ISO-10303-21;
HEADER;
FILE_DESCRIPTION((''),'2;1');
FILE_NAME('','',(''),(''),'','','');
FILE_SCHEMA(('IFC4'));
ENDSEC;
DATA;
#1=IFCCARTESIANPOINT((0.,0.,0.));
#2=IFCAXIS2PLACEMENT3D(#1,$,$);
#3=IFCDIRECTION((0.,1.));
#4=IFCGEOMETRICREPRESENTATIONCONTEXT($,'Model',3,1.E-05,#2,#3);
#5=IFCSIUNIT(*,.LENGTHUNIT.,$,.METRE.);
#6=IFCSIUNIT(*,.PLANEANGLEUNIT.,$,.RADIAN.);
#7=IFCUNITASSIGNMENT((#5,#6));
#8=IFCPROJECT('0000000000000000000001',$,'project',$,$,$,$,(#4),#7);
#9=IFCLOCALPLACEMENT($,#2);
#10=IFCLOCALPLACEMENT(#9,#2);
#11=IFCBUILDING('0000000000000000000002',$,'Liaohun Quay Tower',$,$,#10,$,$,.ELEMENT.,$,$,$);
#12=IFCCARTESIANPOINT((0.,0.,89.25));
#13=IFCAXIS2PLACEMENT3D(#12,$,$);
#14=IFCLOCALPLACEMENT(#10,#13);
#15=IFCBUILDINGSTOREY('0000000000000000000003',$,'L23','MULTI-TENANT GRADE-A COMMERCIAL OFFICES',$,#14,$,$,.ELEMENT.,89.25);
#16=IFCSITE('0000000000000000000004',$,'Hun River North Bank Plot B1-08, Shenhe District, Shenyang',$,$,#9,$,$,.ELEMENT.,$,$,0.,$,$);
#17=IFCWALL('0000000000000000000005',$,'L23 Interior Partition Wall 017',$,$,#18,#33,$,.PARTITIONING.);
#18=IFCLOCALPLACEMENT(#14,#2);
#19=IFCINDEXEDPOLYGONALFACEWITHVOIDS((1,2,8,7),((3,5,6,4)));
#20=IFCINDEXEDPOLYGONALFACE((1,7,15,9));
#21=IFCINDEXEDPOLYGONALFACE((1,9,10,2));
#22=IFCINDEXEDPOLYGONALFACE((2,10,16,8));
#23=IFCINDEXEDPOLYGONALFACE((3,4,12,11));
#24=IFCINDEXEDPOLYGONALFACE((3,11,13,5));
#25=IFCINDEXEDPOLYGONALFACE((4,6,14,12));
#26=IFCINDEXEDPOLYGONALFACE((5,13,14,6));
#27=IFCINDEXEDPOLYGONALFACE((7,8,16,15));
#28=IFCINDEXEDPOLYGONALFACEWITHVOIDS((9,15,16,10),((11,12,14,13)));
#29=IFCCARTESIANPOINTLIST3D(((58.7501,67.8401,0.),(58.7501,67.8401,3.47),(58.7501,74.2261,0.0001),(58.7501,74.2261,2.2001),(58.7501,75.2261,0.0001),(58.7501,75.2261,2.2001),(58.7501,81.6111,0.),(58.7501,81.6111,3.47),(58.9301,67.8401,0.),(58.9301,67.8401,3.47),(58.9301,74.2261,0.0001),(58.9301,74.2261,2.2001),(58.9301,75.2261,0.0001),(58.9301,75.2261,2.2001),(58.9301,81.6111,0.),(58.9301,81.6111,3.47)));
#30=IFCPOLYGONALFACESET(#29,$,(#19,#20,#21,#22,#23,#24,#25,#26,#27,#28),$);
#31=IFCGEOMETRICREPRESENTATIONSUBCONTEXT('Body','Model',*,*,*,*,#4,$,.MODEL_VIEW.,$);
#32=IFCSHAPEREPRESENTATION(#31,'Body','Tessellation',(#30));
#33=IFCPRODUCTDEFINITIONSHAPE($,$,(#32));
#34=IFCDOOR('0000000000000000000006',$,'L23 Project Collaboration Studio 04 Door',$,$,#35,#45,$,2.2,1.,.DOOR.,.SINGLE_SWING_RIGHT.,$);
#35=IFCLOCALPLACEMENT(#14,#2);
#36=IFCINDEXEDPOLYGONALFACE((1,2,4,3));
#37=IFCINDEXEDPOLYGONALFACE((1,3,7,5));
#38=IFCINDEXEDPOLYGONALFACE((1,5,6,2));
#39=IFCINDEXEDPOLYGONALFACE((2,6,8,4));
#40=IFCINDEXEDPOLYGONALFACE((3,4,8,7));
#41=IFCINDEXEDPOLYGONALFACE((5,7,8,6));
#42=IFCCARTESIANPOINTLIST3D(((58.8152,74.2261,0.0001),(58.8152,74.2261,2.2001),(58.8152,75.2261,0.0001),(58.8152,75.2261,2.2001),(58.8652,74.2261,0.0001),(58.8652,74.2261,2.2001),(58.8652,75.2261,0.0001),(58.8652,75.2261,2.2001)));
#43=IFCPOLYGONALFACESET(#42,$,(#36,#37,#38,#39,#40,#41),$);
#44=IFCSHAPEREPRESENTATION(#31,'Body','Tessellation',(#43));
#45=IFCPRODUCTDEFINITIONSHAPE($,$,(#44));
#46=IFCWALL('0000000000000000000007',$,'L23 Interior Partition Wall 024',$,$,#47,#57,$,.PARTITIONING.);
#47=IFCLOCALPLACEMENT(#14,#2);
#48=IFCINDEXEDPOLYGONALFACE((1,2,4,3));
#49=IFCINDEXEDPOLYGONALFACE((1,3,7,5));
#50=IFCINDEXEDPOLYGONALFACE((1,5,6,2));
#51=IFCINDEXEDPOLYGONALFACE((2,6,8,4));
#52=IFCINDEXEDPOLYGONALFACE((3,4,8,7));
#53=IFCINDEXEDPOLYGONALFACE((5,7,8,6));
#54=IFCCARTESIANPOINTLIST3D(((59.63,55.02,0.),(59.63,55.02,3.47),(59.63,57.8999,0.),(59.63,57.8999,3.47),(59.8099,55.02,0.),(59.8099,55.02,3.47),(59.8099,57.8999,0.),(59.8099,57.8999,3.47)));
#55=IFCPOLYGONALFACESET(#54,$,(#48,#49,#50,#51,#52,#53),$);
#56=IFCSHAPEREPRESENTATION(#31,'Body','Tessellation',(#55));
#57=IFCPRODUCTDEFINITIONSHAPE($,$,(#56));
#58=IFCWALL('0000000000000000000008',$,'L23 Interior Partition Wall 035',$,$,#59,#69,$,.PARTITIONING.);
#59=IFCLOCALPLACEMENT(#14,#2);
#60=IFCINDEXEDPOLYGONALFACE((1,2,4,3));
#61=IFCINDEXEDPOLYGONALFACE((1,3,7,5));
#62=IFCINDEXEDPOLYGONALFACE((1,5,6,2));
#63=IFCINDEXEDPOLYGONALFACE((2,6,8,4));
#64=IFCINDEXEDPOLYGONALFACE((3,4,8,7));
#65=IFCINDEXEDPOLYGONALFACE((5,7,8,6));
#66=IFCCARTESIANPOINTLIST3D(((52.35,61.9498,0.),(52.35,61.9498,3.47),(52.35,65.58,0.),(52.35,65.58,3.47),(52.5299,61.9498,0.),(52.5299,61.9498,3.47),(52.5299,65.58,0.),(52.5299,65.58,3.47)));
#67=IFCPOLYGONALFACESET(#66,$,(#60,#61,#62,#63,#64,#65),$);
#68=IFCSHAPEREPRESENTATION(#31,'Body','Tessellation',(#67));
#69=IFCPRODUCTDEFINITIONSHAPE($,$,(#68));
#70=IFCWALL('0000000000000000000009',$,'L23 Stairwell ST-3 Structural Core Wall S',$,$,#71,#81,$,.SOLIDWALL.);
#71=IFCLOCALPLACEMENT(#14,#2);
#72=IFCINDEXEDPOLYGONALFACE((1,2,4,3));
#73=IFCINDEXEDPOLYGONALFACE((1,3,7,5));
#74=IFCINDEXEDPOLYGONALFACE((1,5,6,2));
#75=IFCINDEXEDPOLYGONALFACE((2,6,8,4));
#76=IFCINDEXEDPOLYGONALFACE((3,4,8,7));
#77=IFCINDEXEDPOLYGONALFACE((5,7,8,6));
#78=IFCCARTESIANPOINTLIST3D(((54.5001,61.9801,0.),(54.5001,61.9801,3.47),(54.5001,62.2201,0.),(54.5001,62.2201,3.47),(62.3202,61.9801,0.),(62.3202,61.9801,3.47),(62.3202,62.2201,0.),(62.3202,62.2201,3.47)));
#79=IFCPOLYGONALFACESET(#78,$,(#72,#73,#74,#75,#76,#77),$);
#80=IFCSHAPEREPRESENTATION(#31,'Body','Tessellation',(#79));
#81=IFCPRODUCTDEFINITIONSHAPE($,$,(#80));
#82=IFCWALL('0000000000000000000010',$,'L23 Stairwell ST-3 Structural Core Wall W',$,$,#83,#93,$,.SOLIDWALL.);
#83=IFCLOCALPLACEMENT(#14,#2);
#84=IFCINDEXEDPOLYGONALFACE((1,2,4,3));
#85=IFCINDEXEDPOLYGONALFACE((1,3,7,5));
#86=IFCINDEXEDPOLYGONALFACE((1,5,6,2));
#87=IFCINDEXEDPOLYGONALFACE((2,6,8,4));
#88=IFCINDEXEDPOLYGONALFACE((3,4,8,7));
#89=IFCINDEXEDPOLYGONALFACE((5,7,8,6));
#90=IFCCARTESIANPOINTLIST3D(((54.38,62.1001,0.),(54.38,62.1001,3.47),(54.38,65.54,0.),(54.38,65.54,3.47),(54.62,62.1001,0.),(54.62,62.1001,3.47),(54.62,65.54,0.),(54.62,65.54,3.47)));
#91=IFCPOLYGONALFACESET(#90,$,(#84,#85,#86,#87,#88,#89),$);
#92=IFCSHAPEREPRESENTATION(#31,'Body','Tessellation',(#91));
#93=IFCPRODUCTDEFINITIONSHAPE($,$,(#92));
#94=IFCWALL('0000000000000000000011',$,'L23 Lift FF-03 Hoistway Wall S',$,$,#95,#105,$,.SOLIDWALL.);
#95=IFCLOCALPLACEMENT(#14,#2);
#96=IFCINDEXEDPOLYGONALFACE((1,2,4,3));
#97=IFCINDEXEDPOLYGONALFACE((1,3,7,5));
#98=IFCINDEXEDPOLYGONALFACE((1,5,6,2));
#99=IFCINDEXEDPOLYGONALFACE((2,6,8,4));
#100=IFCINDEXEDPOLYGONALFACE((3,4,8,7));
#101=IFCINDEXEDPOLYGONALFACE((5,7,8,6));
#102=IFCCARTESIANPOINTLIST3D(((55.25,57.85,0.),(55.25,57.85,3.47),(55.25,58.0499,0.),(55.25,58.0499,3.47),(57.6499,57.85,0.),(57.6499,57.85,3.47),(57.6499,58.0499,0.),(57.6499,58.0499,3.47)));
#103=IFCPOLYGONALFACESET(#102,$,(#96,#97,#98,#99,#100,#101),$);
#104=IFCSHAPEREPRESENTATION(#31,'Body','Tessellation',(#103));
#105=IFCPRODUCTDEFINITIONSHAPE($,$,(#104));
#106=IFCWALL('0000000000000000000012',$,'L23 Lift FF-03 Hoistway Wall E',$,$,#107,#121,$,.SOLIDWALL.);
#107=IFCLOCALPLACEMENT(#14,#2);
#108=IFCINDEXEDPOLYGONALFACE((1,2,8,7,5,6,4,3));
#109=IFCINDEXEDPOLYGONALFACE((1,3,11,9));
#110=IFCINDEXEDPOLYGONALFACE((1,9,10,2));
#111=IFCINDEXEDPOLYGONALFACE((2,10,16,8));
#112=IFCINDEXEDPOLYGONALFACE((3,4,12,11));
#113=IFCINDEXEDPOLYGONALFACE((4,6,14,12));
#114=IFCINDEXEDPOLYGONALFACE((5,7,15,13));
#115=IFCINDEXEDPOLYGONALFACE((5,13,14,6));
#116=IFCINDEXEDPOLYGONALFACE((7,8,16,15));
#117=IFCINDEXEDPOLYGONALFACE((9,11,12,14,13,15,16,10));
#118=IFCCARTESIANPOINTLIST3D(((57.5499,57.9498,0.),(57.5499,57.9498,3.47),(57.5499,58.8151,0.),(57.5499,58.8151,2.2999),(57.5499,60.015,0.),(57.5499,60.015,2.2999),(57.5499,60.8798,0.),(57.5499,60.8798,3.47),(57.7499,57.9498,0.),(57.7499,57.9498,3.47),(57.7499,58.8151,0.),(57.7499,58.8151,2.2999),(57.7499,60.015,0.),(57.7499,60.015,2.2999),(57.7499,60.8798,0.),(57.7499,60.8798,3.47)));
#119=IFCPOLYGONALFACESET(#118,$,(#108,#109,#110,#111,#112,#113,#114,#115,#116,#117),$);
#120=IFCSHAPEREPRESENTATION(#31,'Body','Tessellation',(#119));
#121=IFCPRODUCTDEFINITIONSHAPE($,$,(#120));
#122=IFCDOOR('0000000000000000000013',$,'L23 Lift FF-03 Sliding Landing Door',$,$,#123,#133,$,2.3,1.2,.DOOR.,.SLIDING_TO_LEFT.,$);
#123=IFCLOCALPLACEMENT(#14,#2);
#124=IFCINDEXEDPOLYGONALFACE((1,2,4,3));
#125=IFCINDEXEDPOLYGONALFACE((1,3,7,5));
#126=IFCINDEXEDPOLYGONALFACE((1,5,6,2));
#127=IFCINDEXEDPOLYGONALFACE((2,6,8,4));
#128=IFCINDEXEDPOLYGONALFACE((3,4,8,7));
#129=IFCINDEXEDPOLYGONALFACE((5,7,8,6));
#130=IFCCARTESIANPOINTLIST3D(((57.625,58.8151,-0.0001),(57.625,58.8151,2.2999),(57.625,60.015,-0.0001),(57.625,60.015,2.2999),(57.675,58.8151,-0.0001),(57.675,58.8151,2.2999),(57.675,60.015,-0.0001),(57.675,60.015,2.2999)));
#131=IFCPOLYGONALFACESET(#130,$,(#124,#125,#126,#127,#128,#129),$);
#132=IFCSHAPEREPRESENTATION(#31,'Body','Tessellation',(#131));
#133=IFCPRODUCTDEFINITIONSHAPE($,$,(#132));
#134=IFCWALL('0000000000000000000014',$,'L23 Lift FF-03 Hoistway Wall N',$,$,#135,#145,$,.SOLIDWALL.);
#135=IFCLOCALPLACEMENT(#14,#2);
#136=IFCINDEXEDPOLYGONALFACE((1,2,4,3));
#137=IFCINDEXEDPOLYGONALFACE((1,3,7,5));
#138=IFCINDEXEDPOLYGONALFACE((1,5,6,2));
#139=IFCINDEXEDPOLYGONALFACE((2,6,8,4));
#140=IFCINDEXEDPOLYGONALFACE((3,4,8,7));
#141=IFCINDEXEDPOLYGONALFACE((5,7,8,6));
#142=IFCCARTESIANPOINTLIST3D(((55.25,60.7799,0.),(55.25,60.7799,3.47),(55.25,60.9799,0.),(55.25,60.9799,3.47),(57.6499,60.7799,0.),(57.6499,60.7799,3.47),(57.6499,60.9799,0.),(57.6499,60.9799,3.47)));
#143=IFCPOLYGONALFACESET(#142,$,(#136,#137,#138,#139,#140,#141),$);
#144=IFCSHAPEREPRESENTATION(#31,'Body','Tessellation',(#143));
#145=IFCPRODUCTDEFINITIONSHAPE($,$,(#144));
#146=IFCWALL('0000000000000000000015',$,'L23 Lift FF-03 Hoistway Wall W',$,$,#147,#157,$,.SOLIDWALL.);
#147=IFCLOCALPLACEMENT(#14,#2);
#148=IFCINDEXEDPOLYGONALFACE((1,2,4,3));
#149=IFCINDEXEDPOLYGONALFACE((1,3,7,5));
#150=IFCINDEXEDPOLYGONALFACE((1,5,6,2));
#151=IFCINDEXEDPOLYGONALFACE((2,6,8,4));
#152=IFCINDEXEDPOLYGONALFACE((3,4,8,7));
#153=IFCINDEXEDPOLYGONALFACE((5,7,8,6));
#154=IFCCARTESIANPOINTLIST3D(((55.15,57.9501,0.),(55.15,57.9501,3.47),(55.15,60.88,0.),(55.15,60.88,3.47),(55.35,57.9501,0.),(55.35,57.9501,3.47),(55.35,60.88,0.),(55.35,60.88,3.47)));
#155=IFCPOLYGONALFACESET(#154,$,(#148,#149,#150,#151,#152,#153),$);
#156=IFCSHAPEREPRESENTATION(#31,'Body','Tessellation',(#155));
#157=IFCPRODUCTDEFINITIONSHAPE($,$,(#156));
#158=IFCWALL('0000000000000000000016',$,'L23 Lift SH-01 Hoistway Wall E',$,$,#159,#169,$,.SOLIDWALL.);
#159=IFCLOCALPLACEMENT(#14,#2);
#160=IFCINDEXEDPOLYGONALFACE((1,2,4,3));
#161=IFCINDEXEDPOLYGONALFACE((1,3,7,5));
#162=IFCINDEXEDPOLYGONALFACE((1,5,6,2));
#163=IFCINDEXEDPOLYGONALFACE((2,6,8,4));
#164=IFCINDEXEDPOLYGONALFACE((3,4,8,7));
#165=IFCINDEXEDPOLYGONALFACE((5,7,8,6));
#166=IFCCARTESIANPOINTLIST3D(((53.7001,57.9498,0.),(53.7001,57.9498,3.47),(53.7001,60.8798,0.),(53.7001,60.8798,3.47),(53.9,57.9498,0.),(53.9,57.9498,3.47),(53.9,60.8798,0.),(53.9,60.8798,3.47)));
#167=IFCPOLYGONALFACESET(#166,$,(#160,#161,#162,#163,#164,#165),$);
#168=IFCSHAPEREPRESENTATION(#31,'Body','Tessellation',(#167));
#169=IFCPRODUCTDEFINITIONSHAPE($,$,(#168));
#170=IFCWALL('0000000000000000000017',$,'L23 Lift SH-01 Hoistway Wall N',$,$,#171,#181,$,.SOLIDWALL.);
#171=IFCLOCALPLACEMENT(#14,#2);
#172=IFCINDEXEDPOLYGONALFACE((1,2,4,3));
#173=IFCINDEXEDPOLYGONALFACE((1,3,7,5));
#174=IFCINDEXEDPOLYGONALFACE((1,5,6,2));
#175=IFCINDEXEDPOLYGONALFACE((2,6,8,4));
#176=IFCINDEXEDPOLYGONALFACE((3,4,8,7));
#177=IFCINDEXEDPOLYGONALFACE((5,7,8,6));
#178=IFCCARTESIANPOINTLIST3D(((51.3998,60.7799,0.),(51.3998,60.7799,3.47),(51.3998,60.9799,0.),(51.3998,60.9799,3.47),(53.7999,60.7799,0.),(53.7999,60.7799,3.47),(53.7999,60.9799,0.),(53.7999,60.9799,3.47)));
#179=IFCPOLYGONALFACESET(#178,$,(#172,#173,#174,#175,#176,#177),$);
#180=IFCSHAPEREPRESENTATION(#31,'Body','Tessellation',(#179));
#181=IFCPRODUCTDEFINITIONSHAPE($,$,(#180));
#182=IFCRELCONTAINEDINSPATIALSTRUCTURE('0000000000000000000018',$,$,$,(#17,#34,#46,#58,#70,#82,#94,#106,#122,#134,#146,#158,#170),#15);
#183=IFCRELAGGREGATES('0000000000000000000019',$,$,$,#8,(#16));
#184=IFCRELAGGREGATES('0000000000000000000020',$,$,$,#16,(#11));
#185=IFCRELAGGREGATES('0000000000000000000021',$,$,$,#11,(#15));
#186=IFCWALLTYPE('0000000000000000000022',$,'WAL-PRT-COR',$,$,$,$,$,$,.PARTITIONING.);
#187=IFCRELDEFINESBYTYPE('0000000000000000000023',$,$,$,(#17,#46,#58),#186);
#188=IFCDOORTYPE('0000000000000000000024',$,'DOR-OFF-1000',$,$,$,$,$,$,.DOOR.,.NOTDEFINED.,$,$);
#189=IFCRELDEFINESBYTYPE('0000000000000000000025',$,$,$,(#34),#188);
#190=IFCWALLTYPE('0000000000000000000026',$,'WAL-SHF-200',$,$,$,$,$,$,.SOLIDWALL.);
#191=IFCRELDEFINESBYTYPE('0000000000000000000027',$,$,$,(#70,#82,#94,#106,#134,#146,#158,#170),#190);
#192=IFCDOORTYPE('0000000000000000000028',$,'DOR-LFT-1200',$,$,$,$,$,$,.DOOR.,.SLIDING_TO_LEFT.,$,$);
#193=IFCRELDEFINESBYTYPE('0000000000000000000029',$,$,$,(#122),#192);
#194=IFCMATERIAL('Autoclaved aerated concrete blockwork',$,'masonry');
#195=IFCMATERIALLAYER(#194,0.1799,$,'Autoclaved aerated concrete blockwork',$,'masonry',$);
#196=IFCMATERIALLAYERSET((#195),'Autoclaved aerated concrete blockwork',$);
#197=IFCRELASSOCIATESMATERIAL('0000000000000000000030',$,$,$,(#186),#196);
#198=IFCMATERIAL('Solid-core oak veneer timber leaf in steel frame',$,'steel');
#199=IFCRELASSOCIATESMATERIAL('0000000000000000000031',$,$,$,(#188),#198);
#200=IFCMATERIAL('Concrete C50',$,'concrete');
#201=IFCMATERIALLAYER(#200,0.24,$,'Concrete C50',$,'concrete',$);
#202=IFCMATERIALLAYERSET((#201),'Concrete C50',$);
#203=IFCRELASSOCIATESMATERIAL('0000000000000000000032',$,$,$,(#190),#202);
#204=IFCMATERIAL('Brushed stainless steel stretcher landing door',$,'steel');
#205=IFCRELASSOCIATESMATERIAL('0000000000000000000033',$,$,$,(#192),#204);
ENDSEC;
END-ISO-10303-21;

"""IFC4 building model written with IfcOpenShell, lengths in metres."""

from ifc_helpers import new_model, si_unit, direction, frame, frame_2d, origin, place, context, subcontext, project, spatial, rectangle, extrude, source, transform, mapped, material, layer, layer_set, type_object, element, fill, save


model = new_model("IFC4")

# Units and contexts
model_context = context("Model", 3, precision=1e-05, world=origin(), true_north=direction((0.0, 1.0)))
body_context = subcontext(model_context, "Body", "Model", "MODEL_VIEW")
ifc_project = project(units=[si_unit("LENGTHUNIT", "METRE"), si_unit("PLANEANGLEUNIT", "RADIAN")], contexts=[model_context])

# Site, building, storey
site_placement = place(None, origin())
site = spatial("IfcSite", under=ifc_project, at=site_placement, Name="Hun River North Bank Plot B1-08, Shenhe District, Shenyang", CompositionType="ELEMENT", RefElevation=0.0)
building_placement = place(site_placement, origin())
building = spatial("IfcBuilding", under=site, at=building_placement, Name="Liaohun Quay Tower", CompositionType="ELEMENT")
storey_placement = place(building_placement, frame((0.0, 0.0, 89.25)))
storey = spatial("IfcBuildingStorey", under=building, at=storey_placement, Name="L23", Description="MULTI-TENANT GRADE-A COMMERCIAL OFFICES", CompositionType="ELEMENT", Elevation=89.25)

# Wall, opening, door
ifc_material_1 = material(Name="Autoclaved aerated concrete blockwork", Category="masonry")
ifc_layer_1 = layer(ifc_material_1, 0.1799, Name="Autoclaved aerated concrete blockwork", Category="masonry")
ifc_layer_set_1 = layer_set([ifc_layer_1], Name="Autoclaved aerated concrete blockwork")
wall_type_1 = type_object("IfcWallType", Name="WAL-PRT-COR", PredefinedType="PARTITIONING", material=ifc_layer_set_1)
wall_1_placement = place(storey_placement, frame((58.8401, 67.8401, 0.0), z_axis=(0.0, 0.0, 1.0), x_axis=(0.0, 1.0, 0.0)))
wall_1 = element("IfcWall", 1, at=wall_1_placement, inside=storey, type_object=wall_type_1, Name="L23 Interior Partition Wall 017", PredefinedType="PARTITIONING", context=body_context, shape_type="SweptSolid", body=[
    extrude(rectangle(XDim=13.771, YDim=0.1799, at=frame_2d((6.8855, 0.0))), origin(), (0.0, 0.0, 1.0), 3.47),
])
shared_shape_1 = source(origin(), body_context, "Body", "SweptSolid", [
    extrude(rectangle(XDim=1.0, YDim=2.2, at=frame_2d((0.5, 1.1001))), frame((0.0, 0.0999, 0.0), z_axis=(0.0, -1.0, 0.0), x_axis=(1.0, 0.0, 0.0)), (0.0, 0.0, 1.0), 0.2),
])
opening_1_placement = place(wall_1_placement, frame((6.386, 0.0, 0.0)))
opening_1 = element("IfcOpeningElement", 2, at=opening_1_placement, cuts=wall_1, PredefinedType="OPENING", context=body_context, shape_type="MappedRepresentation", body=[
    mapped(shared_shape_1, transform((0.0, 0.0, 0.0), x_axis=(1.0, 0.0, 0.0), y_axis=(0.0, 1.0, 0.0), z_axis=(0.0, 0.0, 1.0), scale=1.0)),
])
ifc_material_2 = material(Name="Solid-core oak veneer timber leaf in steel frame", Category="steel")
door_type_1 = type_object("IfcDoorType", Name="DOR-OFF-1000", OperationType="NOTDEFINED", PredefinedType="DOOR", material=ifc_material_2)
shared_shape_2 = source(origin(), body_context, "Body", "SweptSolid", [
    extrude(rectangle(XDim=1.0, YDim=2.2, at=frame_2d((0.5, 1.1001))), frame((0.0, 0.0249, 0.0), z_axis=(0.0, -1.0, 0.0), x_axis=(1.0, 0.0, 0.0)), (0.0, 0.0, 1.0), 0.05),
])
door_1_placement = place(opening_1_placement, origin())
door_1 = element("IfcDoor", 3, at=door_1_placement, inside=storey, type_object=door_type_1, Name="L23 Project Collaboration Studio 04 Door", OperationType="SINGLE_SWING_RIGHT", OverallHeight=2.2, OverallWidth=1.0, PredefinedType="DOOR", context=body_context, shape_type="MappedRepresentation", body=[
    mapped(shared_shape_2, transform((0.0, 0.0, 0.0), x_axis=(1.0, 0.0, 0.0), y_axis=(0.0, 1.0, 0.0), z_axis=(0.0, 0.0, 1.0), scale=1.0)),
])
fill(opening_1, door_1)

# Walls
wall_2_placement = place(storey_placement, frame((59.72, 55.02, 0.0), z_axis=(0.0, 0.0, 1.0), x_axis=(0.0, 1.0, 0.0)))
element("IfcWall", 4, at=wall_2_placement, inside=storey, type_object=wall_type_1, Name="L23 Interior Partition Wall 024", PredefinedType="PARTITIONING", context=body_context, shape_type="SweptSolid", body=[
    extrude(rectangle(XDim=2.8799, YDim=0.1799, at=frame_2d((1.4399, 0.0))), origin(), (0.0, 0.0, 1.0), 3.47),
])
wall_3_placement = place(storey_placement, frame((52.4399, 61.95, 0.0), z_axis=(0.0, 0.0, 1.0), x_axis=(0.0, 1.0, 0.0)))
element("IfcWall", 5, at=wall_3_placement, inside=storey, type_object=wall_type_1, Name="L23 Interior Partition Wall 035", PredefinedType="PARTITIONING", context=body_context, shape_type="SweptSolid", body=[
    extrude(rectangle(XDim=3.6301, YDim=0.1799, at=frame_2d((1.8149, 0.0))), origin(), (0.0, 0.0, 1.0), 3.47),
])
ifc_material_3 = material(Name="Concrete C50", Category="concrete")
ifc_layer_2 = layer(ifc_material_3, 0.24, Name="Concrete C50", Category="concrete")
ifc_layer_set_2 = layer_set([ifc_layer_2], Name="Concrete C50")
wall_type_2 = type_object("IfcWallType", Name="WAL-SHF-200", PredefinedType="SOLIDWALL", material=ifc_layer_set_2)
wall_4_placement = place(storey_placement, frame((54.5, 62.1001, 0.0), z_axis=(0.0, 0.0, 1.0), x_axis=(1.0, 0.0, 0.0)))
element("IfcWall", 6, at=wall_4_placement, inside=storey, type_object=wall_type_2, Name="L23 Stairwell ST-3 Structural Core Wall S", PredefinedType="SOLIDWALL", context=body_context, shape_type="SweptSolid", body=[
    extrude(rectangle(XDim=7.8201, YDim=0.24, at=frame_2d((3.9102, 0.0))), origin(), (0.0, 0.0, 1.0), 3.47),
])
wall_5_placement = place(storey_placement, frame((54.5, 65.54, 0.0), z_axis=(0.0, 0.0, 1.0), x_axis=(0.0, -1.0, 0.0)))
element("IfcWall", 7, at=wall_5_placement, inside=storey, type_object=wall_type_2, Name="L23 Stairwell ST-3 Structural Core Wall W", PredefinedType="SOLIDWALL", context=body_context, shape_type="SweptSolid", body=[
    extrude(rectangle(XDim=3.4399, YDim=0.24, at=frame_2d((1.72, 0.0))), origin(), (0.0, 0.0, 1.0), 3.47),
])
wall_6_placement = place(storey_placement, frame((55.25, 57.95, 0.0), z_axis=(0.0, 0.0, 1.0), x_axis=(1.0, 0.0, 0.0)))
element("IfcWall", 8, at=wall_6_placement, inside=storey, type_object=wall_type_2, Name="L23 Lift FF-03 Hoistway Wall S", PredefinedType="SOLIDWALL", context=body_context, shape_type="SweptSolid", body=[
    extrude(rectangle(XDim=2.3999, YDim=0.2, at=frame_2d((1.2, 0.0))), origin(), (0.0, 0.0, 1.0), 3.47),
])

# Wall, opening, door
wall_7_placement = place(storey_placement, frame((57.6499, 57.95, 0.0), z_axis=(0.0, 0.0, 1.0), x_axis=(0.0, 1.0, 0.0)))
wall_7 = element("IfcWall", 9, at=wall_7_placement, inside=storey, type_object=wall_type_2, Name="L23 Lift FF-03 Hoistway Wall E", PredefinedType="SOLIDWALL", context=body_context, shape_type="SweptSolid", body=[
    extrude(rectangle(XDim=2.9299, YDim=0.2, at=frame_2d((1.4648, 0.0))), origin(), (0.0, 0.0, 1.0), 3.47),
])
shared_shape_3 = source(origin(), body_context, "Body", "SweptSolid", [
    extrude(rectangle(XDim=1.2, YDim=2.3, at=frame_2d((0.6001, 1.1499))), frame((0.0, 0.1099, 0.0), z_axis=(0.0, -1.0, 0.0), x_axis=(1.0, 0.0, 0.0)), (0.0, 0.0, 1.0), 0.22),
])
opening_2_placement = place(wall_7_placement, frame((0.865, 0.0, 0.0)))
opening_2 = element("IfcOpeningElement", 10, at=opening_2_placement, cuts=wall_7, PredefinedType="OPENING", context=body_context, shape_type="MappedRepresentation", body=[
    mapped(shared_shape_3, transform((0.0, 0.0, 0.0), x_axis=(1.0, 0.0, 0.0), y_axis=(0.0, 1.0, 0.0), z_axis=(0.0, 0.0, 1.0), scale=1.0)),
])
ifc_material_4 = material(Name="Brushed stainless steel stretcher landing door", Category="steel")
door_type_2 = type_object("IfcDoorType", Name="DOR-LFT-1200", OperationType="SLIDING_TO_LEFT", PredefinedType="DOOR", material=ifc_material_4)
shared_shape_4 = source(origin(), body_context, "Body", "SweptSolid", [
    extrude(rectangle(XDim=1.2, YDim=2.3, at=frame_2d((0.6001, 1.1499))), frame((0.0, 0.0249, 0.0), z_axis=(0.0, -1.0, 0.0), x_axis=(1.0, 0.0, 0.0)), (0.0, 0.0, 1.0), 0.05),
])
door_2_placement = place(opening_2_placement, origin())
door_2 = element("IfcDoor", 11, at=door_2_placement, inside=storey, type_object=door_type_2, Name="L23 Lift FF-03 Sliding Landing Door", OperationType="SLIDING_TO_LEFT", OverallHeight=2.3, OverallWidth=1.2, PredefinedType="DOOR", context=body_context, shape_type="MappedRepresentation", body=[
    mapped(shared_shape_4, transform((0.0, 0.0, 0.0), x_axis=(1.0, 0.0, 0.0), y_axis=(0.0, 1.0, 0.0), z_axis=(0.0, 0.0, 1.0), scale=1.0)),
])
fill(opening_2, door_2)

# Walls
wall_8_placement = place(storey_placement, frame((57.6499, 60.8799, 0.0), z_axis=(0.0, 0.0, 1.0), x_axis=(-1.0, 0.0, 0.0)))
element("IfcWall", 12, at=wall_8_placement, inside=storey, type_object=wall_type_2, Name="L23 Lift FF-03 Hoistway Wall N", PredefinedType="SOLIDWALL", context=body_context, shape_type="SweptSolid", body=[
    extrude(rectangle(XDim=2.3999, YDim=0.2, at=frame_2d((1.2, 0.0))), origin(), (0.0, 0.0, 1.0), 3.47),
])
for number, where, z_axis, x_axis, name in (
    (13, (55.25, 60.8799, 0.0), (0.0, 0.0, 1.0), (0.0, -1.0, 0.0), "L23 Lift FF-03 Hoistway Wall W"),
    (14, (53.8, 57.95, 0.0), (0.0, 0.0, 1.0), (0.0, 1.0, 0.0), "L23 Lift SH-01 Hoistway Wall E"),
):
    element("IfcWall", number, at=place(storey_placement, frame(where, z_axis=z_axis, x_axis=x_axis)), inside=storey, type_object=wall_type_2, Name=name, PredefinedType="SOLIDWALL", context=body_context, shape_type="SweptSolid", body=[
        extrude(rectangle(XDim=2.9299, YDim=0.2, at=frame_2d((1.4648, 0.0))), origin(), (0.0, 0.0, 1.0), 3.47),
    ])
wall_9_placement = place(storey_placement, frame((53.8, 60.8799, 0.0), z_axis=(0.0, 0.0, 1.0), x_axis=(-1.0, 0.0, 0.0)))
element("IfcWall", 15, at=wall_9_placement, inside=storey, type_object=wall_type_2, Name="L23 Lift SH-01 Hoistway Wall N", PredefinedType="SOLIDWALL", context=body_context, shape_type="SweptSolid", body=[
    extrude(rectangle(XDim=2.4001, YDim=0.2, at=frame_2d((1.2002, 0.0))), origin(), (0.0, 0.0, 1.0), 3.47),
])

save(model, "model.ifc")
